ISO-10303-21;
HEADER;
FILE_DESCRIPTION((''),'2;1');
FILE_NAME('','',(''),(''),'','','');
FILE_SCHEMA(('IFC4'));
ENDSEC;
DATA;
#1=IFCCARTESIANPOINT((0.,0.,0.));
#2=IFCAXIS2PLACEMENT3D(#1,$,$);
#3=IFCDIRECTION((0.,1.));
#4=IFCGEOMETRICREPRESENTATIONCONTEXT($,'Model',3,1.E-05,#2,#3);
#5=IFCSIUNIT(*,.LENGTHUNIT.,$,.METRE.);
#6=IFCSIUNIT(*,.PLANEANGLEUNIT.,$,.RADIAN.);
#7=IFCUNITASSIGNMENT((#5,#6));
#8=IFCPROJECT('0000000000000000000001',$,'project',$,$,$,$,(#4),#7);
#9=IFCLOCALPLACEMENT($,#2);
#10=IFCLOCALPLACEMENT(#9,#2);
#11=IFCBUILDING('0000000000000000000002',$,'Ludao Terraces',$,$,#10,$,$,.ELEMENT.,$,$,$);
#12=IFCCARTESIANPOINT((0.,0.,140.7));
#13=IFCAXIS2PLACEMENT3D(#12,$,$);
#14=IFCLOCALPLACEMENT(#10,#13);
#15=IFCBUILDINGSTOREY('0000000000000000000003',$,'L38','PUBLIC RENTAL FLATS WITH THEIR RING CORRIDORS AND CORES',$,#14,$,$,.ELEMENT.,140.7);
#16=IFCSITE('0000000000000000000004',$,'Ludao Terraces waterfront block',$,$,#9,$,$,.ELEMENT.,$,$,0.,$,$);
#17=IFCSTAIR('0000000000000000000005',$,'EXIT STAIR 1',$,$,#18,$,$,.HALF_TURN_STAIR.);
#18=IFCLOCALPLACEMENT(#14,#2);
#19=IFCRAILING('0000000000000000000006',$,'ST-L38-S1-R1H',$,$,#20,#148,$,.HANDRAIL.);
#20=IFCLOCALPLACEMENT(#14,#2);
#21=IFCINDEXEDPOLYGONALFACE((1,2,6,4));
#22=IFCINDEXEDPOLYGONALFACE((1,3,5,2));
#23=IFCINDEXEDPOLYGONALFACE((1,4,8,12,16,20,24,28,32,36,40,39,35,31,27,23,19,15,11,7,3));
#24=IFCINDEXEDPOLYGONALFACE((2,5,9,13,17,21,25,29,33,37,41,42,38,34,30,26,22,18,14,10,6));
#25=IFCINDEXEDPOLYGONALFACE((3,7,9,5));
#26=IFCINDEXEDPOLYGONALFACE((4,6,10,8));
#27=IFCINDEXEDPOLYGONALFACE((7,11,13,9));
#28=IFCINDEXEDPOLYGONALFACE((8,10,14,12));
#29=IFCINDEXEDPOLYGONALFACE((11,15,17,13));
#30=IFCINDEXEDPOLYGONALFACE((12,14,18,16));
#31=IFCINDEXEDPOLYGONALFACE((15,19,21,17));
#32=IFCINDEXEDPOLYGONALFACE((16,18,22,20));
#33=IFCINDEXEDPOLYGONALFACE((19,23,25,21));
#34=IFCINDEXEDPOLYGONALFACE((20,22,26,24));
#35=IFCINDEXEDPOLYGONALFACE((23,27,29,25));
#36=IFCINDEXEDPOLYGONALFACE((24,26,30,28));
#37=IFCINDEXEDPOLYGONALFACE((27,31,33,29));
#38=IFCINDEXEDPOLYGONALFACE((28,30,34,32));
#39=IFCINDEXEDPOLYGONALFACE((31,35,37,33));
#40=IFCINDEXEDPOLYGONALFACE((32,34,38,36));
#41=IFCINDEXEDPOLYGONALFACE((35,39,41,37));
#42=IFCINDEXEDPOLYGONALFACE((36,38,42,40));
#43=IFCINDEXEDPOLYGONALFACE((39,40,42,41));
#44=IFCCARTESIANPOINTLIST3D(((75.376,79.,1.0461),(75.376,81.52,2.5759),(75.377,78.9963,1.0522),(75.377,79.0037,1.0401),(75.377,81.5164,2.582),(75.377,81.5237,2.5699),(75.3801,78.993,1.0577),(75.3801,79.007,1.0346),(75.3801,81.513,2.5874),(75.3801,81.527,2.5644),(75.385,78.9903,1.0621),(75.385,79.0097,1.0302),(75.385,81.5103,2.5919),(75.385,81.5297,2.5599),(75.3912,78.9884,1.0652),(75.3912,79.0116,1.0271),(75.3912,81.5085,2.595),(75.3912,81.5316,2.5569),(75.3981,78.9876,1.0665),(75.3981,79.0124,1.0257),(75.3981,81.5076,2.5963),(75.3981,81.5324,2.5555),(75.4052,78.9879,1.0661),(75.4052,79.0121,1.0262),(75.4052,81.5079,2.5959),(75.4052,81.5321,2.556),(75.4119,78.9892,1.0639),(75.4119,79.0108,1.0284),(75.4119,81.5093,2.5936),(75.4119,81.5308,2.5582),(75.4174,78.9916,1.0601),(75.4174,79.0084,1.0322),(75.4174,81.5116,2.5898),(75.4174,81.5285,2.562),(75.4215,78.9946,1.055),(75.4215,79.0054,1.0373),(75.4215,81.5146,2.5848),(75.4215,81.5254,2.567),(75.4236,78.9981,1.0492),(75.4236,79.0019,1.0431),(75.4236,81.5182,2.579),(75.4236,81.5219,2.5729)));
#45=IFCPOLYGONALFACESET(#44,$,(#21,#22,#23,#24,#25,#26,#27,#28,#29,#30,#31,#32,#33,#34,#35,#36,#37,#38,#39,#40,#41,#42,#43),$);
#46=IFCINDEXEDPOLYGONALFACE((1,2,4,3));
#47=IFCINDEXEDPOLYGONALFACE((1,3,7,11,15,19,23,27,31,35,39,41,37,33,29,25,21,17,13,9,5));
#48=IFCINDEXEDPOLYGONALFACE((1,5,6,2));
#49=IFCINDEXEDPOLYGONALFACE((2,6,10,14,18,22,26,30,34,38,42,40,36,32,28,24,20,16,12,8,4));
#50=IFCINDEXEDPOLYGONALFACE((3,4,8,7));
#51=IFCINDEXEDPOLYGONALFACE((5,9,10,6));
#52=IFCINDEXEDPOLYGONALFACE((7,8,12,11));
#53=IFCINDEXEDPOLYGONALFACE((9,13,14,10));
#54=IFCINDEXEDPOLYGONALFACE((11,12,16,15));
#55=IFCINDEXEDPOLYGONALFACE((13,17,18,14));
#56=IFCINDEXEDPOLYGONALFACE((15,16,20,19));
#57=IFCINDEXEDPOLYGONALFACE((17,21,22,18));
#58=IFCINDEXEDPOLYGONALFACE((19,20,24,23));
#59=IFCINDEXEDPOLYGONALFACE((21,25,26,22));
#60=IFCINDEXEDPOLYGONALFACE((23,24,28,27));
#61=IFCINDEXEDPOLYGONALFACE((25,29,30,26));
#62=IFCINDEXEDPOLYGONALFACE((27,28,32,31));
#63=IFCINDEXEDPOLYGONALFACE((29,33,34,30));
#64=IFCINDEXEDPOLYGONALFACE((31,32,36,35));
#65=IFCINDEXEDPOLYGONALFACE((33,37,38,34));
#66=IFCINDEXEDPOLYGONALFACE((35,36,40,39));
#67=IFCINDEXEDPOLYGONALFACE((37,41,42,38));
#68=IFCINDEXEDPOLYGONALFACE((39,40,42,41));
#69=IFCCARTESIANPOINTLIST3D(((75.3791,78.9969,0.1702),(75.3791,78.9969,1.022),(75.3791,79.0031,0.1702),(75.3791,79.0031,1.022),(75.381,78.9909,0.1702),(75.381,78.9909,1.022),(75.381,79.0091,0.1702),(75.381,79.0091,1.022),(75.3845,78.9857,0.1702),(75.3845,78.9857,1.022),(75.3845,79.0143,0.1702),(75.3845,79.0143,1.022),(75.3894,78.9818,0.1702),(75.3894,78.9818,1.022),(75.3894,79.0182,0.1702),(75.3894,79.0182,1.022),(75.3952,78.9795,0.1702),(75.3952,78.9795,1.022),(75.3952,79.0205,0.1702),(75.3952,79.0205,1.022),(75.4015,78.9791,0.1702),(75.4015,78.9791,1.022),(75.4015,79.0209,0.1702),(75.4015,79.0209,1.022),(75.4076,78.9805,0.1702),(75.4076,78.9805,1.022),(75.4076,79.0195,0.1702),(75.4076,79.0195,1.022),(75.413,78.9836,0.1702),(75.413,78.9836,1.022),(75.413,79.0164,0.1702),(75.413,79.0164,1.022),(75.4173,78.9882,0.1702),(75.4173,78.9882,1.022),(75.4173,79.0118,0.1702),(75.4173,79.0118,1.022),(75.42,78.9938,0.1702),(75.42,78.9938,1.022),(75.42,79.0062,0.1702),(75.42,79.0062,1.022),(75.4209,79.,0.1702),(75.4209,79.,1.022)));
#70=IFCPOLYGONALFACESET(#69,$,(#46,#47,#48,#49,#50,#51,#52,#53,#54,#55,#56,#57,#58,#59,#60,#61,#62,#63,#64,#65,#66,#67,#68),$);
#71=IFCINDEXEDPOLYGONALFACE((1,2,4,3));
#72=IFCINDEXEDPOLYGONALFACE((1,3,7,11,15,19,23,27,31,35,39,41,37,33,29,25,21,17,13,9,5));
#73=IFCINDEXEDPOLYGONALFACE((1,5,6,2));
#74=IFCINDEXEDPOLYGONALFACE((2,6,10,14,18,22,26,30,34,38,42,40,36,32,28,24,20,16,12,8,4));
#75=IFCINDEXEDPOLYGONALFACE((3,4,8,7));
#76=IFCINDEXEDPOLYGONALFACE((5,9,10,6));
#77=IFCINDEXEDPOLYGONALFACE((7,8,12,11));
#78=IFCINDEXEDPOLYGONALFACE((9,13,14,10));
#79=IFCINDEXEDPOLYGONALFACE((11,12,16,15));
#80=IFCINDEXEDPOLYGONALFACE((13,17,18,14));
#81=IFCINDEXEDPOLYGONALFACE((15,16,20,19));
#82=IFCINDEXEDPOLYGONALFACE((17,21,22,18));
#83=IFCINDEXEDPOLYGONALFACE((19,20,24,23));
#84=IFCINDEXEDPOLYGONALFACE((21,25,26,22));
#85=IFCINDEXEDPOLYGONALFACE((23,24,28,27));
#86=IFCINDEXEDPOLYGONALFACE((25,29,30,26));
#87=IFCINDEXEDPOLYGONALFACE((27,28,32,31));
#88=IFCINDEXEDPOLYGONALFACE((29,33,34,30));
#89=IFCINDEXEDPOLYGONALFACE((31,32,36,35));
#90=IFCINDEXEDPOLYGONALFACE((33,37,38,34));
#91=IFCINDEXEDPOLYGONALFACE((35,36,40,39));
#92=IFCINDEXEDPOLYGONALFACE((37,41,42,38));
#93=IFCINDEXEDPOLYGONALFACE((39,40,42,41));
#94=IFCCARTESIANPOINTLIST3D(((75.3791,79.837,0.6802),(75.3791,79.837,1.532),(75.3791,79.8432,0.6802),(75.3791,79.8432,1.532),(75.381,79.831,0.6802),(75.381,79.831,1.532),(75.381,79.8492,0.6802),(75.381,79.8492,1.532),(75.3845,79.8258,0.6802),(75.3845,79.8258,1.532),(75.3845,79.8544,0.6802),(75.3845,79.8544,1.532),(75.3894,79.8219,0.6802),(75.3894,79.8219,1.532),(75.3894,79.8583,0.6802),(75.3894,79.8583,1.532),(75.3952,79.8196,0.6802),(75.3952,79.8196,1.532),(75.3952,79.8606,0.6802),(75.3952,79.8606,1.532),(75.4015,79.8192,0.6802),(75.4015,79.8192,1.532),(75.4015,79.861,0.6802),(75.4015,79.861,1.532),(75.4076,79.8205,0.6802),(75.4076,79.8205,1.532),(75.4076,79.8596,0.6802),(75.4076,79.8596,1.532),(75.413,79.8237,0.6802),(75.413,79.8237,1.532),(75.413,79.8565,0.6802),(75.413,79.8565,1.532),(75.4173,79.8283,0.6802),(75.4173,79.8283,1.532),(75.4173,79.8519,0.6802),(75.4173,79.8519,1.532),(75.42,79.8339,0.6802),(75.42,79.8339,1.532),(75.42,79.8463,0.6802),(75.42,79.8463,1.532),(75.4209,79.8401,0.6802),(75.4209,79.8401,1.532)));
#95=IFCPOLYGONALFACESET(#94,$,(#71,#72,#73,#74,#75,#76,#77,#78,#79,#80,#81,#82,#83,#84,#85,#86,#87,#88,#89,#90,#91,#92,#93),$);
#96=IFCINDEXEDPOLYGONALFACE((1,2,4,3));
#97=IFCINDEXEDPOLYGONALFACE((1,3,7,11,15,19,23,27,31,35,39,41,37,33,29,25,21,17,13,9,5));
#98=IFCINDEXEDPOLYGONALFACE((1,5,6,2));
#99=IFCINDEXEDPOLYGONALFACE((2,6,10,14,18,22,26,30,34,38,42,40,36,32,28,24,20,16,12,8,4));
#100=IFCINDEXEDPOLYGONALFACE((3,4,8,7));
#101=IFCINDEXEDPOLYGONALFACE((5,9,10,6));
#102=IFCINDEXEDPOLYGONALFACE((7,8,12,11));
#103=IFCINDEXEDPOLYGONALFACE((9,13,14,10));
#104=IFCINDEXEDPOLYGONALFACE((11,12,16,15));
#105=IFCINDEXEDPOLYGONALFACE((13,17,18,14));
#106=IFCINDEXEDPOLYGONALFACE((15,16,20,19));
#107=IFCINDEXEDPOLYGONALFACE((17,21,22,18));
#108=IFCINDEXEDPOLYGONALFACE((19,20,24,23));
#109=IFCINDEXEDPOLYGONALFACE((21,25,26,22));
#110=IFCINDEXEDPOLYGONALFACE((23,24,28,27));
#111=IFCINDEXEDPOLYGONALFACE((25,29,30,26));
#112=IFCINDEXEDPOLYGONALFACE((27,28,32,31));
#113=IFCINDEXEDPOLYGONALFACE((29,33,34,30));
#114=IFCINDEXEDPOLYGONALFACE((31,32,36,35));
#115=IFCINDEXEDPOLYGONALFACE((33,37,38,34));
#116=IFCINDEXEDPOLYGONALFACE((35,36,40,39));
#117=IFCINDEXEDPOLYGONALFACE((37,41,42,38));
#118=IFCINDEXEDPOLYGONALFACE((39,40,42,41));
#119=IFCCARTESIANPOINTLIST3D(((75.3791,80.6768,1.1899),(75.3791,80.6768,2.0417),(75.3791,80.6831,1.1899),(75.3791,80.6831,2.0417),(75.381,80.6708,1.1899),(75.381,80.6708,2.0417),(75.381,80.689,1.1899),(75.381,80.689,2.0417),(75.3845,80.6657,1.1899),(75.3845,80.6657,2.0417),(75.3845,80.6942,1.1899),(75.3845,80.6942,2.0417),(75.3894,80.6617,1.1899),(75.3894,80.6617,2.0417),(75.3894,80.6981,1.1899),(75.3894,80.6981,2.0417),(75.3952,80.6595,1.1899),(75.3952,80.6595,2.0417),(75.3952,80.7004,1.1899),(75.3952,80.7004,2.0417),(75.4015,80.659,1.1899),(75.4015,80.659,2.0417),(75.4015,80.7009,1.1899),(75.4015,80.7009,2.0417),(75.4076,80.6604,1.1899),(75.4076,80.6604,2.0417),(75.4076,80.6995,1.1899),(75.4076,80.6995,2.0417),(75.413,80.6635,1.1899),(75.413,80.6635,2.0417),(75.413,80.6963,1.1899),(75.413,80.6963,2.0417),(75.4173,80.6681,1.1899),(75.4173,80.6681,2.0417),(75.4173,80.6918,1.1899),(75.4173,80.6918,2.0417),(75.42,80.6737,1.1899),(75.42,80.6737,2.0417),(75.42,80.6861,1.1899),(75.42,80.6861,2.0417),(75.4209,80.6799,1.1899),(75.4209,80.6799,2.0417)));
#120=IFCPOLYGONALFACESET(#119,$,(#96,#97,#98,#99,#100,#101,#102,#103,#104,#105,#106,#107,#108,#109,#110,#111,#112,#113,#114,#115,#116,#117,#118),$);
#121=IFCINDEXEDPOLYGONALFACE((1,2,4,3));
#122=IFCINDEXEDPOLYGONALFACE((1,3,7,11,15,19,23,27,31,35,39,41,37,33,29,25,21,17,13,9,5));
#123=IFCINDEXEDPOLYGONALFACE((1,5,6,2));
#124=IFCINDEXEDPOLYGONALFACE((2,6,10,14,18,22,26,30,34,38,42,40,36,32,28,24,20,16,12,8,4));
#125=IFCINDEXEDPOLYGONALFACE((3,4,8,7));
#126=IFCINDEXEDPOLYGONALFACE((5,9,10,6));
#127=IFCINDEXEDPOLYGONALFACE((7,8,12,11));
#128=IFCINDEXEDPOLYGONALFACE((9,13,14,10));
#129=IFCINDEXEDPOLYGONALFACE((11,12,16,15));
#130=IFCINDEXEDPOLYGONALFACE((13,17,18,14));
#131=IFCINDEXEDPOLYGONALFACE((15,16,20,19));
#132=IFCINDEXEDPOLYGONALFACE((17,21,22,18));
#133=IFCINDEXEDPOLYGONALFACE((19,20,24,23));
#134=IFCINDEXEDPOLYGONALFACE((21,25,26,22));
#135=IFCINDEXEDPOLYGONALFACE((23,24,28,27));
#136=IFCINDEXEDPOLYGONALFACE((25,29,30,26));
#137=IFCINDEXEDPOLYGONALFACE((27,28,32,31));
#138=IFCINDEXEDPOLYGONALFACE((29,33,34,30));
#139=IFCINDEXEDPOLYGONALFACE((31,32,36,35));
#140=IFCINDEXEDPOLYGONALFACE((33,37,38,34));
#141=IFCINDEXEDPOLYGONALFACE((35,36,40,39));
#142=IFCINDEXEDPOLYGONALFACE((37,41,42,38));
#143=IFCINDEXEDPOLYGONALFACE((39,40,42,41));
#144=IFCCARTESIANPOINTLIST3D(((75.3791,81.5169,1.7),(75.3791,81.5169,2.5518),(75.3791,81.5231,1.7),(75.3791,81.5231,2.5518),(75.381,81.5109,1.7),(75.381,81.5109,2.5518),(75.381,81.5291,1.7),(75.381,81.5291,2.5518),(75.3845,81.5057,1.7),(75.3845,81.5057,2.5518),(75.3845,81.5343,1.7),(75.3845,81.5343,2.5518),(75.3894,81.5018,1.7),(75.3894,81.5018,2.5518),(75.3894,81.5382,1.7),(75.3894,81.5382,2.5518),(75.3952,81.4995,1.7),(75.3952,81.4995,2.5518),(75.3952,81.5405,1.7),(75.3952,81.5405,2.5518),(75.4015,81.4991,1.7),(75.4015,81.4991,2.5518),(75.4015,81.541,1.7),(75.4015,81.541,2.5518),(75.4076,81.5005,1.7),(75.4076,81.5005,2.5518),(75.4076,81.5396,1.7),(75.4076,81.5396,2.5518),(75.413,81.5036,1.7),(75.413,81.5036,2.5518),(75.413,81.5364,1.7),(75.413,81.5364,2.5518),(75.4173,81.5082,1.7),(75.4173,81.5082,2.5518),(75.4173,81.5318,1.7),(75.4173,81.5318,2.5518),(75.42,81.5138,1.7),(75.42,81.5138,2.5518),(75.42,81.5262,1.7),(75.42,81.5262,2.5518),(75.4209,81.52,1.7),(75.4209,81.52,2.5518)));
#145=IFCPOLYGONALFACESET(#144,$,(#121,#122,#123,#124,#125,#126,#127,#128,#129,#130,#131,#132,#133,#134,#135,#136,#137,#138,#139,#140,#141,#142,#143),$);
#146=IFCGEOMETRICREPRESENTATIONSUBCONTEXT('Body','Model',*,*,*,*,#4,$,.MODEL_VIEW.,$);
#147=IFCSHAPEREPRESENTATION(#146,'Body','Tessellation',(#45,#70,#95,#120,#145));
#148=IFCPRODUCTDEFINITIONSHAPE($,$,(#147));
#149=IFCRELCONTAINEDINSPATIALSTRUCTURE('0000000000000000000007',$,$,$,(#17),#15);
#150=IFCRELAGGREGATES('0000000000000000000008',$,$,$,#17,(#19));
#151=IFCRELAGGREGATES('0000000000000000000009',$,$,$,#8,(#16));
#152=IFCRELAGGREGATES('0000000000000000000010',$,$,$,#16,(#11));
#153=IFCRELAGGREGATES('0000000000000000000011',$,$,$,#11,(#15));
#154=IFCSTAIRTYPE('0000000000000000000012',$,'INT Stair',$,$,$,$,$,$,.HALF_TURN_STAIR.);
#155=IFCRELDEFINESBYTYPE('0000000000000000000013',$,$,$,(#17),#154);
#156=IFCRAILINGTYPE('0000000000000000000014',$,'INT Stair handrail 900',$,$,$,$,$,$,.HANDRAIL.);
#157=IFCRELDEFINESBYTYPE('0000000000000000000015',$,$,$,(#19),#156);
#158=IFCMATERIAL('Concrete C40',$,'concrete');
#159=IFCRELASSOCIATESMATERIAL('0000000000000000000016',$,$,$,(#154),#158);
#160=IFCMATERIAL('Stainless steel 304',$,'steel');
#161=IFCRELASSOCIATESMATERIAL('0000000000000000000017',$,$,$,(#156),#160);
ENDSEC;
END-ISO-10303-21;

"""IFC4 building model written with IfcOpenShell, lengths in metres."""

from ifc_helpers import new_model, si_unit, direction, frame, origin, origin_2d, place, context, subcontext, project, spatial, circle, extrude, material, type_object, element, aggregate, save


model = new_model("IFC4")

# Units and contexts
model_context = context("Model", 3, precision=1e-05, world=origin(), true_north=direction((0.0, 1.0)))
body_context = subcontext(model_context, "Body", "Model", "MODEL_VIEW")
ifc_project = project(units=[si_unit("LENGTHUNIT", "METRE"), si_unit("PLANEANGLEUNIT", "RADIAN")], contexts=[model_context])

# Site, building, storey
site_placement = place(None, origin())
site = spatial("IfcSite", under=ifc_project, at=site_placement, Name="Ludao Terraces waterfront block", CompositionType="ELEMENT", RefElevation=0.0)
building_placement = place(site_placement, origin())
building = spatial("IfcBuilding", under=site, at=building_placement, Name="Ludao Terraces", CompositionType="ELEMENT")
storey_placement = place(building_placement, frame((0.0, 0.0, 140.7)))
storey = spatial("IfcBuildingStorey", under=building, at=storey_placement, Name="L38", Description="PUBLIC RENTAL FLATS WITH THEIR RING CORRIDORS AND CORES", CompositionType="ELEMENT", Elevation=140.7)

# Shared definitions
ifc_material_1 = material(Name="Concrete C40", Category="concrete")

# Stair, railing
stair_type = type_object("IfcStairType", Name="INT Stair", PredefinedType="HALF_TURN_STAIR", material=ifc_material_1)
stair_placement = place(storey_placement, origin())
stair = element("IfcStair", 1, at=stair_placement, inside=storey, type_object=stair_type, Name="EXIT STAIR 1", PredefinedType="HALF_TURN_STAIR")
ifc_material_2 = material(Name="Stainless steel 304", Category="steel")
railing_type = type_object("IfcRailingType", Name="INT Stair handrail 900", PredefinedType="HANDRAIL", material=ifc_material_2)
railing_placement = place(storey_placement, frame((75.3999, 79.0, 0.1702)))
railing = element("IfcRailing", 2, at=railing_placement, type_object=railing_type, Name="ST-L38-S1-R1H", PredefinedType="HANDRAIL", context=body_context, shape_type="SweptSolid", body=[
    extrude(circle(Radius=0.0239, at=origin_2d()), frame((0.0, 0.0, 0.876), z_axis=(0.0, 0.854822, 0.518922), x_axis=(-1.0, 0.0, 0.0)), (0.0, 0.0, 1.0), 2.948),
    extrude(circle(Radius=0.021, at=origin_2d()), origin(), (0.0, 0.0, 1.0), 0.8518),
    extrude(circle(Radius=0.021, at=origin_2d()), frame((0.0, 0.8401, 0.51)), (0.0, 0.0, 1.0), 0.8518),
    extrude(circle(Radius=0.021, at=origin_2d()), frame((0.0, 1.6799, 1.0198)), (0.0, 0.0, 1.0), 0.8518),
    extrude(circle(Radius=0.021, at=origin_2d()), frame((0.0, 2.52, 1.5298)), (0.0, 0.0, 1.0), 0.8518),
])
aggregate(stair, [railing])

save(model, "model.ifc")
